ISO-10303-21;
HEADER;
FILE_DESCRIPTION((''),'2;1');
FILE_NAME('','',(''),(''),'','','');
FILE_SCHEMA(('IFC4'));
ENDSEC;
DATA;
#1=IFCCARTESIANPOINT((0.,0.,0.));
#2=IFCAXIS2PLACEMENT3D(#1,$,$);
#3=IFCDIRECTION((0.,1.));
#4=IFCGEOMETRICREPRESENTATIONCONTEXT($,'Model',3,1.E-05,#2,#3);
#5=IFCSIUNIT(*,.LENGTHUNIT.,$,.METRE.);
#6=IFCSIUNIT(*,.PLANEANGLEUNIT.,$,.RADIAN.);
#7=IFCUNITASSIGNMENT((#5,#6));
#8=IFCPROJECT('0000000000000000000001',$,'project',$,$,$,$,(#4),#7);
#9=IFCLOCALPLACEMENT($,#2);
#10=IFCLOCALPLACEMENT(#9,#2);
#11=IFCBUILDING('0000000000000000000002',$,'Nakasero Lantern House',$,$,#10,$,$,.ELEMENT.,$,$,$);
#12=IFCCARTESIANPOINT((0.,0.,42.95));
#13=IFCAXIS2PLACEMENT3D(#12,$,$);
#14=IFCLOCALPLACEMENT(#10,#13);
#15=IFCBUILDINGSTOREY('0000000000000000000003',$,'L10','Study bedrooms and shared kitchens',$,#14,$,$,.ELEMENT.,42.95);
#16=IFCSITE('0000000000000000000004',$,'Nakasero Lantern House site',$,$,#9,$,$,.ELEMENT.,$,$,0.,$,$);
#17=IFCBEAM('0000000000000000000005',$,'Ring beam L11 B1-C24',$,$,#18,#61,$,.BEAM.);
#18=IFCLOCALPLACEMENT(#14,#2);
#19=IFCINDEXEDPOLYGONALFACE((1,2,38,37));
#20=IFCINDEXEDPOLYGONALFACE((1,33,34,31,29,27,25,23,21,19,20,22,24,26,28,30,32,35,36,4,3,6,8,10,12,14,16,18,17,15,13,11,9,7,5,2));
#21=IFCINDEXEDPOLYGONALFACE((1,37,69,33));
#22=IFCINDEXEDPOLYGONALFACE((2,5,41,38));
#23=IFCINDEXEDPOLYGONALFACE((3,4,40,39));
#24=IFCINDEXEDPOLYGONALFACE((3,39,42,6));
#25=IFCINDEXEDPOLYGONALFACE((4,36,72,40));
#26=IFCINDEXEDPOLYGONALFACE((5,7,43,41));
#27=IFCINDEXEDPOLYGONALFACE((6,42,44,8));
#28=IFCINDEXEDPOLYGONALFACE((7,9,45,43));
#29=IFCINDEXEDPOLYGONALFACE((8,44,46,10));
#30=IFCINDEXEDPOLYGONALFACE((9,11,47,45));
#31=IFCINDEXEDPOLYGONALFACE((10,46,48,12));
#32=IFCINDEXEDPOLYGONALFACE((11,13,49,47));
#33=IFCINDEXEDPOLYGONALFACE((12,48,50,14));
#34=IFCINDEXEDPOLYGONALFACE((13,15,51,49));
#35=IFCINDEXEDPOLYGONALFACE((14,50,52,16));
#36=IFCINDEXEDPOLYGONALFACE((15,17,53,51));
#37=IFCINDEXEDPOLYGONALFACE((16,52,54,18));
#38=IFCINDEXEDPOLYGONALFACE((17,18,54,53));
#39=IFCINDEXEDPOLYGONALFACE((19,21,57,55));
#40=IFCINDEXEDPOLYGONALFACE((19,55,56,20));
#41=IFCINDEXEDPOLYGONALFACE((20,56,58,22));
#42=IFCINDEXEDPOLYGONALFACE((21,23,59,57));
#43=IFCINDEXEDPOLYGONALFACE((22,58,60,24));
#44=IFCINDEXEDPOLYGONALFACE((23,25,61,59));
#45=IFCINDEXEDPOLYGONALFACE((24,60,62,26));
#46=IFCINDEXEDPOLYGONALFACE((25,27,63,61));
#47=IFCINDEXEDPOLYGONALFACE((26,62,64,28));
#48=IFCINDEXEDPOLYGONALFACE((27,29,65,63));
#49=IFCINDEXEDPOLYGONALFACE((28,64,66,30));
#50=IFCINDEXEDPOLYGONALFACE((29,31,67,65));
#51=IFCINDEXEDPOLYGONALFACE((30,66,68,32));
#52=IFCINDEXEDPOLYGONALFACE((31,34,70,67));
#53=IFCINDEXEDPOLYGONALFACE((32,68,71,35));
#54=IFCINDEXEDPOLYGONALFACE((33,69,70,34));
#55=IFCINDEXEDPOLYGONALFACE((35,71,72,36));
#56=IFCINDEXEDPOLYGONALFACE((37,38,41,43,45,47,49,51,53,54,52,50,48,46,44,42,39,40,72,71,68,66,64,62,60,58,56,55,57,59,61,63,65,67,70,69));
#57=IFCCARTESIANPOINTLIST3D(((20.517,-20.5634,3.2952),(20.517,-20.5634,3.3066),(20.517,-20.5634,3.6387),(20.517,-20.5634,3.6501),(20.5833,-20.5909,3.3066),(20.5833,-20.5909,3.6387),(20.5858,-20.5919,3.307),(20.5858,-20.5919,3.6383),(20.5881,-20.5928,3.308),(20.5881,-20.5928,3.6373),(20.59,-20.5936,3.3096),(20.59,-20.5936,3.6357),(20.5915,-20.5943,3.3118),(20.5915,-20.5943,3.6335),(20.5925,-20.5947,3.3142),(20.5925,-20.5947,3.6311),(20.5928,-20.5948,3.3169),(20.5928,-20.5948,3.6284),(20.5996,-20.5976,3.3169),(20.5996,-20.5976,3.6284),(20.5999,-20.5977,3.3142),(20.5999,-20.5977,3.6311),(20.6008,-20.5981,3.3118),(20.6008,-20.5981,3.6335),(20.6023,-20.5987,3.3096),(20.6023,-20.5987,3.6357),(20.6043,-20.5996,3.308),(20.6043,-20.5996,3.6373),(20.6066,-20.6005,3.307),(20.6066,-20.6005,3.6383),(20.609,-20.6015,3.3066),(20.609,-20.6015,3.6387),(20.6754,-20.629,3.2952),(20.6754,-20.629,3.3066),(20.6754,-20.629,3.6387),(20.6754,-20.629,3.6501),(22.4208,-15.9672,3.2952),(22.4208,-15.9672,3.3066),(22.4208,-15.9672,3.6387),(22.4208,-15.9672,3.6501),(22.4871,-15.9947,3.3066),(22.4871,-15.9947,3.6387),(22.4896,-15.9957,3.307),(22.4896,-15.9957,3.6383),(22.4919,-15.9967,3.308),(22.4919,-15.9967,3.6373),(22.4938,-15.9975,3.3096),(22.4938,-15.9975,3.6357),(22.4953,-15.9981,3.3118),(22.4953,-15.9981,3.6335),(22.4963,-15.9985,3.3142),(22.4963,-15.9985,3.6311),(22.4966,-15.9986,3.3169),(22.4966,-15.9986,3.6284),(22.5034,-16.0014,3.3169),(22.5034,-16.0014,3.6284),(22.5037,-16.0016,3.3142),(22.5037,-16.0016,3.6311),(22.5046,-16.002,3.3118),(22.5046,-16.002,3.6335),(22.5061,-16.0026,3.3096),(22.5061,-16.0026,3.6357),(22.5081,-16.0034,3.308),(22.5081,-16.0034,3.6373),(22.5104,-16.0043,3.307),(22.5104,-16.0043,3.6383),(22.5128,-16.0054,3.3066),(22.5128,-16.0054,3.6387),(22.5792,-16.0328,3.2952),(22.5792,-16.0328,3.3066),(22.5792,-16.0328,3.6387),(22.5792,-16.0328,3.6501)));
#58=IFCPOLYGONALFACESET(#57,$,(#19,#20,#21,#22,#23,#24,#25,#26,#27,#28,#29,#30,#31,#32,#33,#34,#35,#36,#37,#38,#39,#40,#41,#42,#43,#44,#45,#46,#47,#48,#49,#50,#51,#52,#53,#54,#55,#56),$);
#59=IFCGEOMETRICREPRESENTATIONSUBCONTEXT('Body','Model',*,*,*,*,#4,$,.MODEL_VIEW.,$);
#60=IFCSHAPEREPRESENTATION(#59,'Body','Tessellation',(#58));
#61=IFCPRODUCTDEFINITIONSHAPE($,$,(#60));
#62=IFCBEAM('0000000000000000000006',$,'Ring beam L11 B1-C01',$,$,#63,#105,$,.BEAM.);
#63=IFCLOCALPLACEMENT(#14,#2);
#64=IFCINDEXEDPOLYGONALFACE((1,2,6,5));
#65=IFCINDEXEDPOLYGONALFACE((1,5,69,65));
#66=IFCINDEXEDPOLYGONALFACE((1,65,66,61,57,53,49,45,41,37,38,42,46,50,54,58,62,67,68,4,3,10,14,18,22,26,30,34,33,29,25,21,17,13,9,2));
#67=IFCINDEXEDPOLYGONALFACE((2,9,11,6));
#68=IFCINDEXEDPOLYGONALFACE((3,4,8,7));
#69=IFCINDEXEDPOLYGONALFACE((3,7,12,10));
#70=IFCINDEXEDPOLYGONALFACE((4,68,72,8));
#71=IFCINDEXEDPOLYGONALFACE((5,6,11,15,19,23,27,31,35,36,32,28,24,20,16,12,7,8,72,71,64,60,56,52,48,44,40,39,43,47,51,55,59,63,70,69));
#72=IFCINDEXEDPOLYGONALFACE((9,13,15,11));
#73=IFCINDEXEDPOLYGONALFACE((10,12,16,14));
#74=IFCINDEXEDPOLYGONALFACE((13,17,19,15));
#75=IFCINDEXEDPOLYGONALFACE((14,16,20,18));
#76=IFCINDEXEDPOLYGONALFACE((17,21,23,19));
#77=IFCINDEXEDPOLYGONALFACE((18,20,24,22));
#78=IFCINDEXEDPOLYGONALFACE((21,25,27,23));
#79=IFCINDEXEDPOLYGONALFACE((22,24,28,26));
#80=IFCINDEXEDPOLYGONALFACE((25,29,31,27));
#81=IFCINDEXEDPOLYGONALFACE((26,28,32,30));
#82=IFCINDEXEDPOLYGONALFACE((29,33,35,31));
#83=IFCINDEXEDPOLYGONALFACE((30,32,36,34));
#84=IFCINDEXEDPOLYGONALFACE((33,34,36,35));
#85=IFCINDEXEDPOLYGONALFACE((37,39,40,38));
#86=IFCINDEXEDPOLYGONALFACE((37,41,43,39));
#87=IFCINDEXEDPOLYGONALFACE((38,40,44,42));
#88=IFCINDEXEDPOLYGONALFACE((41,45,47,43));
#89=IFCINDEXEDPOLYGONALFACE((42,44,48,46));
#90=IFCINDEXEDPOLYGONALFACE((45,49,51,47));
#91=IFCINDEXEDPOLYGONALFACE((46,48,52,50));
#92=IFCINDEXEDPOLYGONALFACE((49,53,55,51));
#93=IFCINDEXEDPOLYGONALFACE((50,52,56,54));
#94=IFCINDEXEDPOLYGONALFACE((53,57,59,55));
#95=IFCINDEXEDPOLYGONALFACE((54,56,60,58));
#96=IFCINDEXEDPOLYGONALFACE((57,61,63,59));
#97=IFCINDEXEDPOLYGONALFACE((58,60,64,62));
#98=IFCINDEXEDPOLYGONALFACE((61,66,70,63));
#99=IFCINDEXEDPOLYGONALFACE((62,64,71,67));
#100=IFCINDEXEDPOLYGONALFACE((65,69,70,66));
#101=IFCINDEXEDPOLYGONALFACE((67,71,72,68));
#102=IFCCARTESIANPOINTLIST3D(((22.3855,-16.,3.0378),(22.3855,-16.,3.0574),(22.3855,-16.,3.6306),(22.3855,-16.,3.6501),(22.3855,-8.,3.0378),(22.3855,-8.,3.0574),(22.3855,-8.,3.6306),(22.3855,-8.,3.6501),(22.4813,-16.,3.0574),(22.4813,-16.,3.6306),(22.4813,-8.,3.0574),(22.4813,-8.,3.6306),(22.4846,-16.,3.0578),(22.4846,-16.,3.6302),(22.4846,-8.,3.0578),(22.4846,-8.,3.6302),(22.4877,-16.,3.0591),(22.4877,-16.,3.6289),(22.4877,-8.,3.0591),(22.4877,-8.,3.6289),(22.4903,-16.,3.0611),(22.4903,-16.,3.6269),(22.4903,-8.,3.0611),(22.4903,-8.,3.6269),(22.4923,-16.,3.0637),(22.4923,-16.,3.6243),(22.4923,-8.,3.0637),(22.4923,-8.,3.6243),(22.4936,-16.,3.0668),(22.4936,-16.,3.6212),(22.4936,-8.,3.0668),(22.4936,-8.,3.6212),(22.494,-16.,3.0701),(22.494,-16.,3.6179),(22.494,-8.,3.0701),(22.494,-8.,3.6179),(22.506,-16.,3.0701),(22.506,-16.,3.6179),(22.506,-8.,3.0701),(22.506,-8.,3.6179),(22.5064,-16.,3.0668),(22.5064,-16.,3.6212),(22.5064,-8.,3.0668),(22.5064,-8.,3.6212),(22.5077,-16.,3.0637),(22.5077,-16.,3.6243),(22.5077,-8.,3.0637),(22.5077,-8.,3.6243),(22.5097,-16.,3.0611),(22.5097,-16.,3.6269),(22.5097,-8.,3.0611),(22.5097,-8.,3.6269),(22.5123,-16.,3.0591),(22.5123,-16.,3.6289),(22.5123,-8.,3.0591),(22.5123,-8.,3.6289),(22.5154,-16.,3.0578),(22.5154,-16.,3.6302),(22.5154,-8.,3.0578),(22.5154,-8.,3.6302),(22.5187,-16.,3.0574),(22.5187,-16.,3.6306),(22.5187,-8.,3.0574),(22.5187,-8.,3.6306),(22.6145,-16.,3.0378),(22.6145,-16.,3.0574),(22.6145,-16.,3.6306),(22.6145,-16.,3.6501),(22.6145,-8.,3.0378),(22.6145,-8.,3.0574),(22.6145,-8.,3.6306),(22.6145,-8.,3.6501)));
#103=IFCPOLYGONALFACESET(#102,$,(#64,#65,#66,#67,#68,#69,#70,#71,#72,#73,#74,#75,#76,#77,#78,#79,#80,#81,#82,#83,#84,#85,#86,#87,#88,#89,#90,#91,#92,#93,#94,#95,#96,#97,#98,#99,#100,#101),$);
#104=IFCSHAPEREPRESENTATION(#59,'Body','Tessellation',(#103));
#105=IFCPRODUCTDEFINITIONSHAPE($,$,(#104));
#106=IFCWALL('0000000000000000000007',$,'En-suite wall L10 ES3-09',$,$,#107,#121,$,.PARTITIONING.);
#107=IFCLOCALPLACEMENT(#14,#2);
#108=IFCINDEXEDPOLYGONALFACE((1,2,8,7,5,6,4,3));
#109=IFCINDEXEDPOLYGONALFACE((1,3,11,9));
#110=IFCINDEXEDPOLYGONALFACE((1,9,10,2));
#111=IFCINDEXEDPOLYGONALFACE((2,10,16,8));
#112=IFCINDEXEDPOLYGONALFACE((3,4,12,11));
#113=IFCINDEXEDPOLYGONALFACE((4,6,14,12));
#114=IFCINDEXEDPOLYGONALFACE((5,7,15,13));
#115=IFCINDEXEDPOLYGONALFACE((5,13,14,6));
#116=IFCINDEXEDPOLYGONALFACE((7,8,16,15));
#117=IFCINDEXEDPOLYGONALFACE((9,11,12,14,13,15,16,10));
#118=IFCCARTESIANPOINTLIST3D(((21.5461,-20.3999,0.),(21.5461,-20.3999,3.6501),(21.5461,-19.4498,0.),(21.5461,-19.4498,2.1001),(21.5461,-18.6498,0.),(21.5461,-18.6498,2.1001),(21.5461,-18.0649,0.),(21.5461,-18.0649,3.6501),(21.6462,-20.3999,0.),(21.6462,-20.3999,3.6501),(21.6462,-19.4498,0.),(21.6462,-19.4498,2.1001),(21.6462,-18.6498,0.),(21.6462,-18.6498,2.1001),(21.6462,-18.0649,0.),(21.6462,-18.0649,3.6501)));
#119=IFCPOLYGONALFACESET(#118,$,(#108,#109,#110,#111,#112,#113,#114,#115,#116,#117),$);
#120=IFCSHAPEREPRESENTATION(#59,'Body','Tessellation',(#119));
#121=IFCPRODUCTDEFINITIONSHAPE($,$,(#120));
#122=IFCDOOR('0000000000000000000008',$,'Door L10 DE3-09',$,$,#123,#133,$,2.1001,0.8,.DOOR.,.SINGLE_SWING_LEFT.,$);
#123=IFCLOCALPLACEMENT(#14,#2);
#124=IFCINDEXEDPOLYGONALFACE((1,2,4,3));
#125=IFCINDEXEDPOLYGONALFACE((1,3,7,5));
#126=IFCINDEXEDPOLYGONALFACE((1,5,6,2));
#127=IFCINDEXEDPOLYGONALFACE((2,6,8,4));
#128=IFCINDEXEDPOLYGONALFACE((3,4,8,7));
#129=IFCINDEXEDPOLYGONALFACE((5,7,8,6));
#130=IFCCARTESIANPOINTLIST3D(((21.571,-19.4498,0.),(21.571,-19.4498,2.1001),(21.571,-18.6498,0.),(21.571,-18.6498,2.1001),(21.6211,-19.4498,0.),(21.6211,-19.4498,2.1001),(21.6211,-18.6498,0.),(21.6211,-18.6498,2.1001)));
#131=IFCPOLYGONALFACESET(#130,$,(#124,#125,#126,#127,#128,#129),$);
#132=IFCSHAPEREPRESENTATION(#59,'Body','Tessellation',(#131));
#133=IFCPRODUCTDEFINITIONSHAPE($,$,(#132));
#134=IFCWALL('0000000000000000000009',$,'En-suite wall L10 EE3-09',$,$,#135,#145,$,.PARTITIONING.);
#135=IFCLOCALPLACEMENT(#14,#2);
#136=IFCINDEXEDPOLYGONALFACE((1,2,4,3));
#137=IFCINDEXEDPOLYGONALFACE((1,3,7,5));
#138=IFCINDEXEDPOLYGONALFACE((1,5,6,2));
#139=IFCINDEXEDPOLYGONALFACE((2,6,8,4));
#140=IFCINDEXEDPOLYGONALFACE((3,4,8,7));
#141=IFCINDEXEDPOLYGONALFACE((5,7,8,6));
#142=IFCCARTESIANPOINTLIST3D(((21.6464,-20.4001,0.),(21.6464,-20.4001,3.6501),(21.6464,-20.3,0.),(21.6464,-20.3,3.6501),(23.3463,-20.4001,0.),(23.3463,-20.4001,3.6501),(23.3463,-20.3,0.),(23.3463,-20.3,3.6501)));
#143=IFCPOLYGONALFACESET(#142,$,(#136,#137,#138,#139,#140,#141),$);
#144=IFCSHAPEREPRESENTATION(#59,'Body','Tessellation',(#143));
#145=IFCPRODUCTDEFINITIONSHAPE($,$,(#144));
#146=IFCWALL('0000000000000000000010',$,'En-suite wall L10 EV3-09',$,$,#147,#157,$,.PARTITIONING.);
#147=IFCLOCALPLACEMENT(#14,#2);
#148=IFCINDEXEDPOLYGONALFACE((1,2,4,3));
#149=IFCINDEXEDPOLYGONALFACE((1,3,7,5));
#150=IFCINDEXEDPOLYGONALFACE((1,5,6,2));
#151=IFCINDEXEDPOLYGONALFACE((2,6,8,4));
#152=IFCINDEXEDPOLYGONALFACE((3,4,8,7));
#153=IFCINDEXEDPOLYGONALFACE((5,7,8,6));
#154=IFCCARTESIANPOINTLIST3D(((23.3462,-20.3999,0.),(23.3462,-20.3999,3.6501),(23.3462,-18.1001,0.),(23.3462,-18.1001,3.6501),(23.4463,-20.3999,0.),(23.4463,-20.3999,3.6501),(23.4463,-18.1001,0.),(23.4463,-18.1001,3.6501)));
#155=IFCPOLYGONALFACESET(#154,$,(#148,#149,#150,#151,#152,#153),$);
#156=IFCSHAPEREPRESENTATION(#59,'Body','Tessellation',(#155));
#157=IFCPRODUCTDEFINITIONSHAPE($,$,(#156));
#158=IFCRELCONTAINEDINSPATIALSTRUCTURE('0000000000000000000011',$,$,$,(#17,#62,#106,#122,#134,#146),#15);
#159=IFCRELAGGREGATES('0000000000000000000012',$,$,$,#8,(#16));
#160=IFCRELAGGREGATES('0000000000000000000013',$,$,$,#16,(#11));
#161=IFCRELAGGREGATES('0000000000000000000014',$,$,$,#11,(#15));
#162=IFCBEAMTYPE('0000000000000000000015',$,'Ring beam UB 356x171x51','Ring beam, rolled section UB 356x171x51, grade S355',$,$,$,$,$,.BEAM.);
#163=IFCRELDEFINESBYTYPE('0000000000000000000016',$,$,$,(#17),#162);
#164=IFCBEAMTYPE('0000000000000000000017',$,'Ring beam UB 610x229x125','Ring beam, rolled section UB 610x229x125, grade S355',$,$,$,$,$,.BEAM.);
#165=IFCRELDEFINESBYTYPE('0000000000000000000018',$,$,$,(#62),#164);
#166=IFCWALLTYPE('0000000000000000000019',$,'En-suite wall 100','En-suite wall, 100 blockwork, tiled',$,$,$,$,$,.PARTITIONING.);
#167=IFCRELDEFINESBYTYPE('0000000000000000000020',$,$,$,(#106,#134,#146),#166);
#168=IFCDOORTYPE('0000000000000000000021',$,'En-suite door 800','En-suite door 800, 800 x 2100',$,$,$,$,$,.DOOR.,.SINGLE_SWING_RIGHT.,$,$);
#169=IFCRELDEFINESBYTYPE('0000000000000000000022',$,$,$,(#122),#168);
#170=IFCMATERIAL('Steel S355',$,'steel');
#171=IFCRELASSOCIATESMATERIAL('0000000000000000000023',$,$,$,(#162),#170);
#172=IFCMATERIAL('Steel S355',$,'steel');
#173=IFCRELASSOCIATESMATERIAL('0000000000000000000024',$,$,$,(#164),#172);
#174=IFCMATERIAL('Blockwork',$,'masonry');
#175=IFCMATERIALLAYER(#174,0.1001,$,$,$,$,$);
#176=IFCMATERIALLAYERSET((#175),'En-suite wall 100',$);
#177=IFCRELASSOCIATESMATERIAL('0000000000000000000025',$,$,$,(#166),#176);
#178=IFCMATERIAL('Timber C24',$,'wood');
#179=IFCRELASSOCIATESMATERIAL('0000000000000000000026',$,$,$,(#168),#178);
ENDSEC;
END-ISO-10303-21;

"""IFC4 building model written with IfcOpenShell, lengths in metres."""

from ifc_helpers import new_model, si_unit, direction, frame, frame_2d, origin, origin_2d, place, context, subcontext, project, spatial, rectangle, i_section, extrude, material, layer, layer_set, material_profile, profile_set, type_object, element, fill, save


model = new_model("IFC4")

# Units and contexts
model_context = context("Model", 3, precision=1e-05, world=origin(), true_north=direction((0.0, 1.0)))
body_context = subcontext(model_context, "Body", "Model", "MODEL_VIEW")
ifc_project = project(units=[si_unit("LENGTHUNIT", "METRE"), si_unit("PLANEANGLEUNIT", "RADIAN")], contexts=[model_context])

# Site, building, storey
site_placement = place(None, origin())
site = spatial("IfcSite", under=ifc_project, at=site_placement, Name="Nakasero Lantern House site", CompositionType="ELEMENT", RefElevation=0.0)
building_placement = place(site_placement, origin())
building = spatial("IfcBuilding", under=site, at=building_placement, Name="Nakasero Lantern House", CompositionType="ELEMENT")
storey_placement = place(building_placement, frame((0.0, 0.0, 42.95)))
storey = spatial("IfcBuildingStorey", under=building, at=storey_placement, Name="L10", Description="Study bedrooms and shared kitchens", CompositionType="ELEMENT", Elevation=42.95)

# Beams
ifc_material_1 = material(Name="Steel S355", Category="steel")
ifc_material_profile_1 = material_profile(ifc_material_1, i_section(OverallWidth=0.1714, OverallDepth=0.355, WebThickness=0.0073, FlangeThickness=0.0115, FilletRadius=0.0103, at=origin_2d()), Name="UB 356x171x51")
ifc_profile_set_1 = profile_set([ifc_material_profile_1], Name="Steel S355")
beam_type_1 = type_object("IfcBeamType", Name="Ring beam UB 356x171x51", Description="Ring beam, rolled section UB 356x171x51, grade S355", PredefinedType="BEAM", material=ifc_profile_set_1)
beam_1_placement = place(storey_placement, frame((20.5962, -20.5962, 3.4727), z_axis=(0.382684, 0.923879, 0.0), x_axis=(-0.923879, 0.382684, 0.0)))
element("IfcBeam", 1, at=beam_1_placement, inside=storey, type_object=beam_type_1, Name="Ring beam L11 B1-C24", PredefinedType="BEAM", context=body_context, shape_type="SweptSolid", body=[
    extrude(i_section(OverallWidth=0.1714, OverallDepth=0.355, WebThickness=0.0073, FlangeThickness=0.0115, FilletRadius=0.0103, at=origin_2d()), origin(), (0.0, 0.0, 1.0), 4.9749),
])
ifc_material_2 = material(Name="Steel S355", Category="steel")
ifc_material_profile_2 = material_profile(ifc_material_2, i_section(OverallWidth=0.229, OverallDepth=0.6123, WebThickness=0.012, FlangeThickness=0.0195, FilletRadius=0.0127, at=origin_2d()), Name="UB 610x229x125")
ifc_profile_set_2 = profile_set([ifc_material_profile_2], Name="Steel S355")
beam_type_2 = type_object("IfcBeamType", Name="Ring beam UB 610x229x125", Description="Ring beam, rolled section UB 610x229x125, grade S355", PredefinedType="BEAM", material=ifc_profile_set_2)
beam_2_placement = place(storey_placement, frame((22.5, -16.0, 3.344), z_axis=(0.0, 1.0, 0.0), x_axis=(-1.0, 0.0, 0.0)))
element("IfcBeam", 2, at=beam_2_placement, inside=storey, type_object=beam_type_2, Name="Ring beam L11 B1-C01", PredefinedType="BEAM", context=body_context, shape_type="SweptSolid", body=[
    extrude(i_section(OverallWidth=0.229, OverallDepth=0.6123, WebThickness=0.012, FlangeThickness=0.0195, FilletRadius=0.0127, at=origin_2d()), origin(), (0.0, 0.0, 1.0), 8.0),
])

# Wall, opening, door
ifc_material_3 = material(Name="Blockwork", Category="masonry")
ifc_layer_1 = layer(ifc_material_3, 0.1001)
ifc_layer_set_1 = layer_set([ifc_layer_1], Name="En-suite wall 100")
wall_type_1 = type_object("IfcWallType", Name="En-suite wall 100", Description="En-suite wall, 100 blockwork, tiled", PredefinedType="PARTITIONING", material=ifc_layer_set_1)
wall_1_placement = place(storey_placement, frame((21.5962, -18.0649, 0.0), z_axis=(0.0, 0.0, 1.0), x_axis=(0.0, -1.0, 0.0)))
wall_1 = element("IfcWall", 3, at=wall_1_placement, inside=storey, type_object=wall_type_1, Name="En-suite wall L10 ES3-09", PredefinedType="PARTITIONING", context=body_context, shape_type="SweptSolid", body=[
    extrude(rectangle(XDim=2.335, YDim=0.1001, at=frame_2d((1.1675, 0.0))), origin(), (0.0, 0.0, 1.0), 3.6501),
])
opening_1_placement = place(wall_1_placement, frame((0.585, 0.0, 0.0)))
opening_1 = element("IfcOpeningElement", 4, at=opening_1_placement, cuts=wall_1, PredefinedType="OPENING", context=body_context, shape_type="SweptSolid", body=[
    extrude(rectangle(XDim=0.8, YDim=2.1001, at=frame_2d((0.3999, 1.05))), frame((0.0, 0.0701, 0.0), z_axis=(0.0, -1.0, 0.0), x_axis=(1.0, 0.0, 0.0)), (0.0, 0.0, 1.0), 0.1401),
])
ifc_material_4 = material(Name="Timber C24", Category="wood")
door_type_1 = type_object("IfcDoorType", Name="En-suite door 800", Description="En-suite door 800, 800 x 2100", OperationType="SINGLE_SWING_RIGHT", PredefinedType="DOOR", material=ifc_material_4)
door_1_placement = place(opening_1_placement, origin())
door_1 = element("IfcDoor", 5, at=door_1_placement, inside=storey, type_object=door_type_1, Name="Door L10 DE3-09", OperationType="SINGLE_SWING_LEFT", OverallHeight=2.1001, OverallWidth=0.8, PredefinedType="DOOR", context=body_context, shape_type="SweptSolid", body=[
    extrude(rectangle(XDim=0.8, YDim=2.1001, at=frame_2d((0.3999, 1.05))), frame((0.0, 0.0249, 0.0), z_axis=(0.0, -1.0, 0.0), x_axis=(1.0, 0.0, 0.0)), (0.0, 0.0, 1.0), 0.05),
])
fill(opening_1, door_1)

# Walls
wall_2_placement = place(storey_placement, frame((21.6462, -20.3501, 0.0), z_axis=(0.0, 0.0, 1.0), x_axis=(1.0, 0.0, 0.0)))
element("IfcWall", 6, at=wall_2_placement, inside=storey, type_object=wall_type_1, Name="En-suite wall L10 EE3-09", PredefinedType="PARTITIONING", context=body_context, shape_type="SweptSolid", body=[
    extrude(rectangle(XDim=1.7, YDim=0.1001, at=frame_2d((0.8501, 0.0))), origin(), (0.0, 0.0, 1.0), 3.6501),
])
wall_3_placement = place(storey_placement, frame((23.3962, -18.1001, 0.0), z_axis=(0.0, 0.0, 1.0), x_axis=(0.0, -1.0, 0.0)))
element("IfcWall", 7, at=wall_3_placement, inside=storey, type_object=wall_type_1, Name="En-suite wall L10 EV3-09", PredefinedType="PARTITIONING", context=body_context, shape_type="SweptSolid", body=[
    extrude(rectangle(XDim=2.2998, YDim=0.1001, at=frame_2d((1.1499, 0.0))), origin(), (0.0, 0.0, 1.0), 3.6501),
])

save(model, "model.ifc")
